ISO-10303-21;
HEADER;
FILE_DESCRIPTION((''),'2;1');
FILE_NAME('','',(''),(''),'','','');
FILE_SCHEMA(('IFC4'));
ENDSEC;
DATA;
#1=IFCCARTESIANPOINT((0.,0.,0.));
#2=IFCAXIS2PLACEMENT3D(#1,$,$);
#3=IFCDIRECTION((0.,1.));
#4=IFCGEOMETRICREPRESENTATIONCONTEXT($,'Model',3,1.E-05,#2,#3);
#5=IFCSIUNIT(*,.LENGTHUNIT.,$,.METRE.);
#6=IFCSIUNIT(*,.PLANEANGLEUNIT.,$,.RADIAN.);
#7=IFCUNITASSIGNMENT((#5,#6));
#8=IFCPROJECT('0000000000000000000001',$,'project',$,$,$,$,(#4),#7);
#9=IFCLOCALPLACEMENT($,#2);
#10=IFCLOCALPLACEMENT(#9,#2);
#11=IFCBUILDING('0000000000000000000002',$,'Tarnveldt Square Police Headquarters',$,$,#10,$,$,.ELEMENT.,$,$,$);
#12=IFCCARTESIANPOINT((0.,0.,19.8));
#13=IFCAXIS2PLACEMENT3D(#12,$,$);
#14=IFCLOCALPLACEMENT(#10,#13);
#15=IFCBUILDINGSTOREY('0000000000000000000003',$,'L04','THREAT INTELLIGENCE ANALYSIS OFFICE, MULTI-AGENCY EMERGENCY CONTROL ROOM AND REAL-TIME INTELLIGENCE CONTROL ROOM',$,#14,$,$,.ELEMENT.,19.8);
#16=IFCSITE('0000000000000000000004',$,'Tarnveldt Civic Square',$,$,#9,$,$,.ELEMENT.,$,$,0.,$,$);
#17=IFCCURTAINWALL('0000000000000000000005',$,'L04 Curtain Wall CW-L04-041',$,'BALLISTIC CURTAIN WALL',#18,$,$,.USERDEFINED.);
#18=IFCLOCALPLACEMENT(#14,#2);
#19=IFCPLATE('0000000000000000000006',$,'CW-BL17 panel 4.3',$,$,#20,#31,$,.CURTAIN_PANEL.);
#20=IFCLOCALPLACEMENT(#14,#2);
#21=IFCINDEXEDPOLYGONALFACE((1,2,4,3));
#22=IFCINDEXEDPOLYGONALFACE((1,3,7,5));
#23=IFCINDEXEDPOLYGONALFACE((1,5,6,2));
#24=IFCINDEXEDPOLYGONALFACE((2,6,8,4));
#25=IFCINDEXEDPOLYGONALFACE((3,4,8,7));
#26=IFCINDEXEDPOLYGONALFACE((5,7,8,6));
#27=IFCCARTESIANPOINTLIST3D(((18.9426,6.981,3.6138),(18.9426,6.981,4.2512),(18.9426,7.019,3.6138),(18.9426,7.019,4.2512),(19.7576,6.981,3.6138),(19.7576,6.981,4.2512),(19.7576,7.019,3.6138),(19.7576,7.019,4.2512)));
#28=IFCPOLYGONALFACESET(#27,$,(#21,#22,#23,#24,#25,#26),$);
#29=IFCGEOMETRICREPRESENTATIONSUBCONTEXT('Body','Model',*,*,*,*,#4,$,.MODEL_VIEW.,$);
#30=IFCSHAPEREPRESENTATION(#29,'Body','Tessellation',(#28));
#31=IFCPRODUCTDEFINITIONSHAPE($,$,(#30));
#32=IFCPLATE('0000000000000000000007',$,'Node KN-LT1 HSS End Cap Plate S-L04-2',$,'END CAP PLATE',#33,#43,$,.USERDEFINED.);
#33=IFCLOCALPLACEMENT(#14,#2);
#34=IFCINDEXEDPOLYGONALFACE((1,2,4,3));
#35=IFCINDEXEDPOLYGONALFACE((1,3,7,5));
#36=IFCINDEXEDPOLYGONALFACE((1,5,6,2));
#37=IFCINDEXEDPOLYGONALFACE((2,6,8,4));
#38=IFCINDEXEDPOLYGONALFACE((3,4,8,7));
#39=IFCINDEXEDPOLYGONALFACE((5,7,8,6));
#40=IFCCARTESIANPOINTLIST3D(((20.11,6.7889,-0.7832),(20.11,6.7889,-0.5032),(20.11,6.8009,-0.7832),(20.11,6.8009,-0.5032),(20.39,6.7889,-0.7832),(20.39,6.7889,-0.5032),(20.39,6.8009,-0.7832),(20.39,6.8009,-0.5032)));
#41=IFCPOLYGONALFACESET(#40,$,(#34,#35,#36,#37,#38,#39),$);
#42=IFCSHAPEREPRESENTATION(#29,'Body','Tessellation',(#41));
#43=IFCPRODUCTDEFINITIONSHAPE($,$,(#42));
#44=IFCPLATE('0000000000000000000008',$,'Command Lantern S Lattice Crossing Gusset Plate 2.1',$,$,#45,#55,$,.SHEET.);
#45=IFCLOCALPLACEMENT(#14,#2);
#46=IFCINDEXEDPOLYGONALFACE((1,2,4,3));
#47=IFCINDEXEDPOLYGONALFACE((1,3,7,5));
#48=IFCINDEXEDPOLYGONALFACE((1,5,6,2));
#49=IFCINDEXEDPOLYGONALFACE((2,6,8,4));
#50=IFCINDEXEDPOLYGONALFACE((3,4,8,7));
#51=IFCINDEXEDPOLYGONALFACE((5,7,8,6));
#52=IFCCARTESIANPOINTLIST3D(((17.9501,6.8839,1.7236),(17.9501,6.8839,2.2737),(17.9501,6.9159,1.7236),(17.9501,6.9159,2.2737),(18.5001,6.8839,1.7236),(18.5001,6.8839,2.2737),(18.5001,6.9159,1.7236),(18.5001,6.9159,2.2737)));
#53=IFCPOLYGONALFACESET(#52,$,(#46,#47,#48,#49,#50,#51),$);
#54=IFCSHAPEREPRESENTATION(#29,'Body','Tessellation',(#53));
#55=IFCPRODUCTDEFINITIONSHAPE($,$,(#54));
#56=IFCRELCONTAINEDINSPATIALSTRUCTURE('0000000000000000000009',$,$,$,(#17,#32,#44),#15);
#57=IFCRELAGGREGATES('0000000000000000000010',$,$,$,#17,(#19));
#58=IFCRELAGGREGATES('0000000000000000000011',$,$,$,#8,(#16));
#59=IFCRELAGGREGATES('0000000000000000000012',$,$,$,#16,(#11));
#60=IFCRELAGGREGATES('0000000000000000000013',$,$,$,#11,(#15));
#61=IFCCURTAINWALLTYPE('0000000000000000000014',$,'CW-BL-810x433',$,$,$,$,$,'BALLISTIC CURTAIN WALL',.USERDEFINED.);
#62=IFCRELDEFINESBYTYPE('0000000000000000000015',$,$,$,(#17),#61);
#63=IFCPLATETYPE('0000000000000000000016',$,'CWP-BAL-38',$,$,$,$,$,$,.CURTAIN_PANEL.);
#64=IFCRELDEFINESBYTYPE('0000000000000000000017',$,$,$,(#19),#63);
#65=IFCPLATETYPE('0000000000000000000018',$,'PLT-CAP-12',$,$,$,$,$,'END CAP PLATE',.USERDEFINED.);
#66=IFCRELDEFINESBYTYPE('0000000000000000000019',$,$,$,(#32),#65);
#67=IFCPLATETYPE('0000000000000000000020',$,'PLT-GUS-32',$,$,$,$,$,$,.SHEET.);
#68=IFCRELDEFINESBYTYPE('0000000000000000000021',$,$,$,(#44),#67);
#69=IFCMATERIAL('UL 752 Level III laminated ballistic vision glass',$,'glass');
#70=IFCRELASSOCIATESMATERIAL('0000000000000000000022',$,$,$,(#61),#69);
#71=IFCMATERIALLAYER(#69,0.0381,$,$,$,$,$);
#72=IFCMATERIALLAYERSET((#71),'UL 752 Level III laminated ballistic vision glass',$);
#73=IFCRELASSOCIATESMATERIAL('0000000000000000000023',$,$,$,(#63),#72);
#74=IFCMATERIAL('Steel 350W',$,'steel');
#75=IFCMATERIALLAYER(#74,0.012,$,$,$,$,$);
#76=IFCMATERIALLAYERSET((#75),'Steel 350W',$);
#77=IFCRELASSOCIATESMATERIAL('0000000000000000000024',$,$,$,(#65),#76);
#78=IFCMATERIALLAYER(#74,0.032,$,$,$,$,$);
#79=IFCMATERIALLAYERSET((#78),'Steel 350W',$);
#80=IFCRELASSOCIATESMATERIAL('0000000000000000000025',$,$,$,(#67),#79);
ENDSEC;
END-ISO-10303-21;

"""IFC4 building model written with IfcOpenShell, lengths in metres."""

from ifc_helpers import new_model, si_unit, direction, frame, origin, origin_2d, place, context, subcontext, project, spatial, rectangle, extrude, material, layer, layer_set, type_object, element, aggregate, save


model = new_model("IFC4")

# Units and contexts
model_context = context("Model", 3, precision=1e-05, world=origin(), true_north=direction((0.0, 1.0)))
body_context = subcontext(model_context, "Body", "Model", "MODEL_VIEW")
ifc_project = project(units=[si_unit("LENGTHUNIT", "METRE"), si_unit("PLANEANGLEUNIT", "RADIAN")], contexts=[model_context])

# Site, building, storey
site_placement = place(None, origin())
site = spatial("IfcSite", under=ifc_project, at=site_placement, Name="Tarnveldt Civic Square", CompositionType="ELEMENT", RefElevation=0.0)
building_placement = place(site_placement, origin())
building = spatial("IfcBuilding", under=site, at=building_placement, Name="Tarnveldt Square Police Headquarters", CompositionType="ELEMENT")
storey_placement = place(building_placement, frame((0.0, 0.0, 19.8)))
storey = spatial("IfcBuildingStorey", under=building, at=storey_placement, Name="L04", Description="THREAT INTELLIGENCE ANALYSIS OFFICE, MULTI-AGENCY EMERGENCY CONTROL ROOM AND REAL-TIME INTELLIGENCE CONTROL ROOM", CompositionType="ELEMENT", Elevation=19.8)

# Curtain wall
ifc_material_1 = material(Name="UL 752 Level III laminated ballistic vision glass", Category="glass")
curtain_wall_type = type_object("IfcCurtainWallType", Name="CW-BL-810x433", ElementType="BALLISTIC CURTAIN WALL", PredefinedType="USERDEFINED", material=ifc_material_1)
curtain_wall_placement = place(storey_placement, origin())
curtain_wall = element("IfcCurtainWall", 1, at=curtain_wall_placement, inside=storey, type_object=curtain_wall_type, Name="L04 Curtain Wall CW-L04-041", ObjectType="BALLISTIC CURTAIN WALL", PredefinedType="USERDEFINED")

# Shared definitions
ifc_material_2 = material(Name="Steel 350W", Category="steel")

# Plate
ifc_layer_1 = layer(ifc_material_1, 0.0381)
ifc_layer_set_1 = layer_set([ifc_layer_1], Name="UL 752 Level III laminated ballistic vision glass")
plate_type_1 = type_object("IfcPlateType", Name="CWP-BAL-38", PredefinedType="CURTAIN_PANEL", material=ifc_layer_set_1)
plate_1_placement = place(storey_placement, frame((19.3501, 7.0, 3.6138), z_axis=(0.0, 0.0, 1.0), x_axis=(1.0, 0.0, 0.0)))
plate_1 = element("IfcPlate", 2, at=plate_1_placement, type_object=plate_type_1, Name="CW-BL17 panel 4.3", PredefinedType="CURTAIN_PANEL", context=body_context, shape_type="SweptSolid", body=[
    extrude(rectangle(XDim=0.8149, YDim=0.0381, at=origin_2d()), origin(), (0.0, 0.0, 1.0), 0.6375),
])
aggregate(curtain_wall, [plate_1])

# Plates
ifc_layer_2 = layer(ifc_material_2, 0.012)
ifc_layer_set_2 = layer_set([ifc_layer_2], Name="Steel 350W")
plate_type_2 = type_object("IfcPlateType", Name="PLT-CAP-12", ElementType="END CAP PLATE", PredefinedType="USERDEFINED", material=ifc_layer_set_2)
plate_2_placement = place(storey_placement, frame((20.25, 6.7949, -0.7832), z_axis=(0.0, 0.0, 1.0), x_axis=(1.0, 0.0, 0.0)))
element("IfcPlate", 3, at=plate_2_placement, inside=storey, type_object=plate_type_2, Name="Node KN-LT1 HSS End Cap Plate S-L04-2", ObjectType="END CAP PLATE", PredefinedType="USERDEFINED", context=body_context, shape_type="SweptSolid", body=[
    extrude(rectangle(XDim=0.28, YDim=0.012, at=origin_2d()), origin(), (0.0, 0.0, 1.0), 0.28),
])
ifc_layer_3 = layer(ifc_material_2, 0.032)
ifc_layer_set_3 = layer_set([ifc_layer_3], Name="Steel 350W")
plate_type_3 = type_object("IfcPlateType", Name="PLT-GUS-32", PredefinedType="SHEET", material=ifc_layer_set_3)
plate_3_placement = place(storey_placement, frame((18.2251, 6.8999, 1.7236), z_axis=(0.0, 0.0, 1.0), x_axis=(1.0, 0.0, 0.0)))
element("IfcPlate", 4, at=plate_3_placement, inside=storey, type_object=plate_type_3, Name="Command Lantern S Lattice Crossing Gusset Plate 2.1", PredefinedType="SHEET", context=body_context, shape_type="SweptSolid", body=[
    extrude(rectangle(XDim=0.55, YDim=0.032, at=origin_2d()), origin(), (0.0, 0.0, 1.0), 0.55),
])

save(model, "model.ifc")
